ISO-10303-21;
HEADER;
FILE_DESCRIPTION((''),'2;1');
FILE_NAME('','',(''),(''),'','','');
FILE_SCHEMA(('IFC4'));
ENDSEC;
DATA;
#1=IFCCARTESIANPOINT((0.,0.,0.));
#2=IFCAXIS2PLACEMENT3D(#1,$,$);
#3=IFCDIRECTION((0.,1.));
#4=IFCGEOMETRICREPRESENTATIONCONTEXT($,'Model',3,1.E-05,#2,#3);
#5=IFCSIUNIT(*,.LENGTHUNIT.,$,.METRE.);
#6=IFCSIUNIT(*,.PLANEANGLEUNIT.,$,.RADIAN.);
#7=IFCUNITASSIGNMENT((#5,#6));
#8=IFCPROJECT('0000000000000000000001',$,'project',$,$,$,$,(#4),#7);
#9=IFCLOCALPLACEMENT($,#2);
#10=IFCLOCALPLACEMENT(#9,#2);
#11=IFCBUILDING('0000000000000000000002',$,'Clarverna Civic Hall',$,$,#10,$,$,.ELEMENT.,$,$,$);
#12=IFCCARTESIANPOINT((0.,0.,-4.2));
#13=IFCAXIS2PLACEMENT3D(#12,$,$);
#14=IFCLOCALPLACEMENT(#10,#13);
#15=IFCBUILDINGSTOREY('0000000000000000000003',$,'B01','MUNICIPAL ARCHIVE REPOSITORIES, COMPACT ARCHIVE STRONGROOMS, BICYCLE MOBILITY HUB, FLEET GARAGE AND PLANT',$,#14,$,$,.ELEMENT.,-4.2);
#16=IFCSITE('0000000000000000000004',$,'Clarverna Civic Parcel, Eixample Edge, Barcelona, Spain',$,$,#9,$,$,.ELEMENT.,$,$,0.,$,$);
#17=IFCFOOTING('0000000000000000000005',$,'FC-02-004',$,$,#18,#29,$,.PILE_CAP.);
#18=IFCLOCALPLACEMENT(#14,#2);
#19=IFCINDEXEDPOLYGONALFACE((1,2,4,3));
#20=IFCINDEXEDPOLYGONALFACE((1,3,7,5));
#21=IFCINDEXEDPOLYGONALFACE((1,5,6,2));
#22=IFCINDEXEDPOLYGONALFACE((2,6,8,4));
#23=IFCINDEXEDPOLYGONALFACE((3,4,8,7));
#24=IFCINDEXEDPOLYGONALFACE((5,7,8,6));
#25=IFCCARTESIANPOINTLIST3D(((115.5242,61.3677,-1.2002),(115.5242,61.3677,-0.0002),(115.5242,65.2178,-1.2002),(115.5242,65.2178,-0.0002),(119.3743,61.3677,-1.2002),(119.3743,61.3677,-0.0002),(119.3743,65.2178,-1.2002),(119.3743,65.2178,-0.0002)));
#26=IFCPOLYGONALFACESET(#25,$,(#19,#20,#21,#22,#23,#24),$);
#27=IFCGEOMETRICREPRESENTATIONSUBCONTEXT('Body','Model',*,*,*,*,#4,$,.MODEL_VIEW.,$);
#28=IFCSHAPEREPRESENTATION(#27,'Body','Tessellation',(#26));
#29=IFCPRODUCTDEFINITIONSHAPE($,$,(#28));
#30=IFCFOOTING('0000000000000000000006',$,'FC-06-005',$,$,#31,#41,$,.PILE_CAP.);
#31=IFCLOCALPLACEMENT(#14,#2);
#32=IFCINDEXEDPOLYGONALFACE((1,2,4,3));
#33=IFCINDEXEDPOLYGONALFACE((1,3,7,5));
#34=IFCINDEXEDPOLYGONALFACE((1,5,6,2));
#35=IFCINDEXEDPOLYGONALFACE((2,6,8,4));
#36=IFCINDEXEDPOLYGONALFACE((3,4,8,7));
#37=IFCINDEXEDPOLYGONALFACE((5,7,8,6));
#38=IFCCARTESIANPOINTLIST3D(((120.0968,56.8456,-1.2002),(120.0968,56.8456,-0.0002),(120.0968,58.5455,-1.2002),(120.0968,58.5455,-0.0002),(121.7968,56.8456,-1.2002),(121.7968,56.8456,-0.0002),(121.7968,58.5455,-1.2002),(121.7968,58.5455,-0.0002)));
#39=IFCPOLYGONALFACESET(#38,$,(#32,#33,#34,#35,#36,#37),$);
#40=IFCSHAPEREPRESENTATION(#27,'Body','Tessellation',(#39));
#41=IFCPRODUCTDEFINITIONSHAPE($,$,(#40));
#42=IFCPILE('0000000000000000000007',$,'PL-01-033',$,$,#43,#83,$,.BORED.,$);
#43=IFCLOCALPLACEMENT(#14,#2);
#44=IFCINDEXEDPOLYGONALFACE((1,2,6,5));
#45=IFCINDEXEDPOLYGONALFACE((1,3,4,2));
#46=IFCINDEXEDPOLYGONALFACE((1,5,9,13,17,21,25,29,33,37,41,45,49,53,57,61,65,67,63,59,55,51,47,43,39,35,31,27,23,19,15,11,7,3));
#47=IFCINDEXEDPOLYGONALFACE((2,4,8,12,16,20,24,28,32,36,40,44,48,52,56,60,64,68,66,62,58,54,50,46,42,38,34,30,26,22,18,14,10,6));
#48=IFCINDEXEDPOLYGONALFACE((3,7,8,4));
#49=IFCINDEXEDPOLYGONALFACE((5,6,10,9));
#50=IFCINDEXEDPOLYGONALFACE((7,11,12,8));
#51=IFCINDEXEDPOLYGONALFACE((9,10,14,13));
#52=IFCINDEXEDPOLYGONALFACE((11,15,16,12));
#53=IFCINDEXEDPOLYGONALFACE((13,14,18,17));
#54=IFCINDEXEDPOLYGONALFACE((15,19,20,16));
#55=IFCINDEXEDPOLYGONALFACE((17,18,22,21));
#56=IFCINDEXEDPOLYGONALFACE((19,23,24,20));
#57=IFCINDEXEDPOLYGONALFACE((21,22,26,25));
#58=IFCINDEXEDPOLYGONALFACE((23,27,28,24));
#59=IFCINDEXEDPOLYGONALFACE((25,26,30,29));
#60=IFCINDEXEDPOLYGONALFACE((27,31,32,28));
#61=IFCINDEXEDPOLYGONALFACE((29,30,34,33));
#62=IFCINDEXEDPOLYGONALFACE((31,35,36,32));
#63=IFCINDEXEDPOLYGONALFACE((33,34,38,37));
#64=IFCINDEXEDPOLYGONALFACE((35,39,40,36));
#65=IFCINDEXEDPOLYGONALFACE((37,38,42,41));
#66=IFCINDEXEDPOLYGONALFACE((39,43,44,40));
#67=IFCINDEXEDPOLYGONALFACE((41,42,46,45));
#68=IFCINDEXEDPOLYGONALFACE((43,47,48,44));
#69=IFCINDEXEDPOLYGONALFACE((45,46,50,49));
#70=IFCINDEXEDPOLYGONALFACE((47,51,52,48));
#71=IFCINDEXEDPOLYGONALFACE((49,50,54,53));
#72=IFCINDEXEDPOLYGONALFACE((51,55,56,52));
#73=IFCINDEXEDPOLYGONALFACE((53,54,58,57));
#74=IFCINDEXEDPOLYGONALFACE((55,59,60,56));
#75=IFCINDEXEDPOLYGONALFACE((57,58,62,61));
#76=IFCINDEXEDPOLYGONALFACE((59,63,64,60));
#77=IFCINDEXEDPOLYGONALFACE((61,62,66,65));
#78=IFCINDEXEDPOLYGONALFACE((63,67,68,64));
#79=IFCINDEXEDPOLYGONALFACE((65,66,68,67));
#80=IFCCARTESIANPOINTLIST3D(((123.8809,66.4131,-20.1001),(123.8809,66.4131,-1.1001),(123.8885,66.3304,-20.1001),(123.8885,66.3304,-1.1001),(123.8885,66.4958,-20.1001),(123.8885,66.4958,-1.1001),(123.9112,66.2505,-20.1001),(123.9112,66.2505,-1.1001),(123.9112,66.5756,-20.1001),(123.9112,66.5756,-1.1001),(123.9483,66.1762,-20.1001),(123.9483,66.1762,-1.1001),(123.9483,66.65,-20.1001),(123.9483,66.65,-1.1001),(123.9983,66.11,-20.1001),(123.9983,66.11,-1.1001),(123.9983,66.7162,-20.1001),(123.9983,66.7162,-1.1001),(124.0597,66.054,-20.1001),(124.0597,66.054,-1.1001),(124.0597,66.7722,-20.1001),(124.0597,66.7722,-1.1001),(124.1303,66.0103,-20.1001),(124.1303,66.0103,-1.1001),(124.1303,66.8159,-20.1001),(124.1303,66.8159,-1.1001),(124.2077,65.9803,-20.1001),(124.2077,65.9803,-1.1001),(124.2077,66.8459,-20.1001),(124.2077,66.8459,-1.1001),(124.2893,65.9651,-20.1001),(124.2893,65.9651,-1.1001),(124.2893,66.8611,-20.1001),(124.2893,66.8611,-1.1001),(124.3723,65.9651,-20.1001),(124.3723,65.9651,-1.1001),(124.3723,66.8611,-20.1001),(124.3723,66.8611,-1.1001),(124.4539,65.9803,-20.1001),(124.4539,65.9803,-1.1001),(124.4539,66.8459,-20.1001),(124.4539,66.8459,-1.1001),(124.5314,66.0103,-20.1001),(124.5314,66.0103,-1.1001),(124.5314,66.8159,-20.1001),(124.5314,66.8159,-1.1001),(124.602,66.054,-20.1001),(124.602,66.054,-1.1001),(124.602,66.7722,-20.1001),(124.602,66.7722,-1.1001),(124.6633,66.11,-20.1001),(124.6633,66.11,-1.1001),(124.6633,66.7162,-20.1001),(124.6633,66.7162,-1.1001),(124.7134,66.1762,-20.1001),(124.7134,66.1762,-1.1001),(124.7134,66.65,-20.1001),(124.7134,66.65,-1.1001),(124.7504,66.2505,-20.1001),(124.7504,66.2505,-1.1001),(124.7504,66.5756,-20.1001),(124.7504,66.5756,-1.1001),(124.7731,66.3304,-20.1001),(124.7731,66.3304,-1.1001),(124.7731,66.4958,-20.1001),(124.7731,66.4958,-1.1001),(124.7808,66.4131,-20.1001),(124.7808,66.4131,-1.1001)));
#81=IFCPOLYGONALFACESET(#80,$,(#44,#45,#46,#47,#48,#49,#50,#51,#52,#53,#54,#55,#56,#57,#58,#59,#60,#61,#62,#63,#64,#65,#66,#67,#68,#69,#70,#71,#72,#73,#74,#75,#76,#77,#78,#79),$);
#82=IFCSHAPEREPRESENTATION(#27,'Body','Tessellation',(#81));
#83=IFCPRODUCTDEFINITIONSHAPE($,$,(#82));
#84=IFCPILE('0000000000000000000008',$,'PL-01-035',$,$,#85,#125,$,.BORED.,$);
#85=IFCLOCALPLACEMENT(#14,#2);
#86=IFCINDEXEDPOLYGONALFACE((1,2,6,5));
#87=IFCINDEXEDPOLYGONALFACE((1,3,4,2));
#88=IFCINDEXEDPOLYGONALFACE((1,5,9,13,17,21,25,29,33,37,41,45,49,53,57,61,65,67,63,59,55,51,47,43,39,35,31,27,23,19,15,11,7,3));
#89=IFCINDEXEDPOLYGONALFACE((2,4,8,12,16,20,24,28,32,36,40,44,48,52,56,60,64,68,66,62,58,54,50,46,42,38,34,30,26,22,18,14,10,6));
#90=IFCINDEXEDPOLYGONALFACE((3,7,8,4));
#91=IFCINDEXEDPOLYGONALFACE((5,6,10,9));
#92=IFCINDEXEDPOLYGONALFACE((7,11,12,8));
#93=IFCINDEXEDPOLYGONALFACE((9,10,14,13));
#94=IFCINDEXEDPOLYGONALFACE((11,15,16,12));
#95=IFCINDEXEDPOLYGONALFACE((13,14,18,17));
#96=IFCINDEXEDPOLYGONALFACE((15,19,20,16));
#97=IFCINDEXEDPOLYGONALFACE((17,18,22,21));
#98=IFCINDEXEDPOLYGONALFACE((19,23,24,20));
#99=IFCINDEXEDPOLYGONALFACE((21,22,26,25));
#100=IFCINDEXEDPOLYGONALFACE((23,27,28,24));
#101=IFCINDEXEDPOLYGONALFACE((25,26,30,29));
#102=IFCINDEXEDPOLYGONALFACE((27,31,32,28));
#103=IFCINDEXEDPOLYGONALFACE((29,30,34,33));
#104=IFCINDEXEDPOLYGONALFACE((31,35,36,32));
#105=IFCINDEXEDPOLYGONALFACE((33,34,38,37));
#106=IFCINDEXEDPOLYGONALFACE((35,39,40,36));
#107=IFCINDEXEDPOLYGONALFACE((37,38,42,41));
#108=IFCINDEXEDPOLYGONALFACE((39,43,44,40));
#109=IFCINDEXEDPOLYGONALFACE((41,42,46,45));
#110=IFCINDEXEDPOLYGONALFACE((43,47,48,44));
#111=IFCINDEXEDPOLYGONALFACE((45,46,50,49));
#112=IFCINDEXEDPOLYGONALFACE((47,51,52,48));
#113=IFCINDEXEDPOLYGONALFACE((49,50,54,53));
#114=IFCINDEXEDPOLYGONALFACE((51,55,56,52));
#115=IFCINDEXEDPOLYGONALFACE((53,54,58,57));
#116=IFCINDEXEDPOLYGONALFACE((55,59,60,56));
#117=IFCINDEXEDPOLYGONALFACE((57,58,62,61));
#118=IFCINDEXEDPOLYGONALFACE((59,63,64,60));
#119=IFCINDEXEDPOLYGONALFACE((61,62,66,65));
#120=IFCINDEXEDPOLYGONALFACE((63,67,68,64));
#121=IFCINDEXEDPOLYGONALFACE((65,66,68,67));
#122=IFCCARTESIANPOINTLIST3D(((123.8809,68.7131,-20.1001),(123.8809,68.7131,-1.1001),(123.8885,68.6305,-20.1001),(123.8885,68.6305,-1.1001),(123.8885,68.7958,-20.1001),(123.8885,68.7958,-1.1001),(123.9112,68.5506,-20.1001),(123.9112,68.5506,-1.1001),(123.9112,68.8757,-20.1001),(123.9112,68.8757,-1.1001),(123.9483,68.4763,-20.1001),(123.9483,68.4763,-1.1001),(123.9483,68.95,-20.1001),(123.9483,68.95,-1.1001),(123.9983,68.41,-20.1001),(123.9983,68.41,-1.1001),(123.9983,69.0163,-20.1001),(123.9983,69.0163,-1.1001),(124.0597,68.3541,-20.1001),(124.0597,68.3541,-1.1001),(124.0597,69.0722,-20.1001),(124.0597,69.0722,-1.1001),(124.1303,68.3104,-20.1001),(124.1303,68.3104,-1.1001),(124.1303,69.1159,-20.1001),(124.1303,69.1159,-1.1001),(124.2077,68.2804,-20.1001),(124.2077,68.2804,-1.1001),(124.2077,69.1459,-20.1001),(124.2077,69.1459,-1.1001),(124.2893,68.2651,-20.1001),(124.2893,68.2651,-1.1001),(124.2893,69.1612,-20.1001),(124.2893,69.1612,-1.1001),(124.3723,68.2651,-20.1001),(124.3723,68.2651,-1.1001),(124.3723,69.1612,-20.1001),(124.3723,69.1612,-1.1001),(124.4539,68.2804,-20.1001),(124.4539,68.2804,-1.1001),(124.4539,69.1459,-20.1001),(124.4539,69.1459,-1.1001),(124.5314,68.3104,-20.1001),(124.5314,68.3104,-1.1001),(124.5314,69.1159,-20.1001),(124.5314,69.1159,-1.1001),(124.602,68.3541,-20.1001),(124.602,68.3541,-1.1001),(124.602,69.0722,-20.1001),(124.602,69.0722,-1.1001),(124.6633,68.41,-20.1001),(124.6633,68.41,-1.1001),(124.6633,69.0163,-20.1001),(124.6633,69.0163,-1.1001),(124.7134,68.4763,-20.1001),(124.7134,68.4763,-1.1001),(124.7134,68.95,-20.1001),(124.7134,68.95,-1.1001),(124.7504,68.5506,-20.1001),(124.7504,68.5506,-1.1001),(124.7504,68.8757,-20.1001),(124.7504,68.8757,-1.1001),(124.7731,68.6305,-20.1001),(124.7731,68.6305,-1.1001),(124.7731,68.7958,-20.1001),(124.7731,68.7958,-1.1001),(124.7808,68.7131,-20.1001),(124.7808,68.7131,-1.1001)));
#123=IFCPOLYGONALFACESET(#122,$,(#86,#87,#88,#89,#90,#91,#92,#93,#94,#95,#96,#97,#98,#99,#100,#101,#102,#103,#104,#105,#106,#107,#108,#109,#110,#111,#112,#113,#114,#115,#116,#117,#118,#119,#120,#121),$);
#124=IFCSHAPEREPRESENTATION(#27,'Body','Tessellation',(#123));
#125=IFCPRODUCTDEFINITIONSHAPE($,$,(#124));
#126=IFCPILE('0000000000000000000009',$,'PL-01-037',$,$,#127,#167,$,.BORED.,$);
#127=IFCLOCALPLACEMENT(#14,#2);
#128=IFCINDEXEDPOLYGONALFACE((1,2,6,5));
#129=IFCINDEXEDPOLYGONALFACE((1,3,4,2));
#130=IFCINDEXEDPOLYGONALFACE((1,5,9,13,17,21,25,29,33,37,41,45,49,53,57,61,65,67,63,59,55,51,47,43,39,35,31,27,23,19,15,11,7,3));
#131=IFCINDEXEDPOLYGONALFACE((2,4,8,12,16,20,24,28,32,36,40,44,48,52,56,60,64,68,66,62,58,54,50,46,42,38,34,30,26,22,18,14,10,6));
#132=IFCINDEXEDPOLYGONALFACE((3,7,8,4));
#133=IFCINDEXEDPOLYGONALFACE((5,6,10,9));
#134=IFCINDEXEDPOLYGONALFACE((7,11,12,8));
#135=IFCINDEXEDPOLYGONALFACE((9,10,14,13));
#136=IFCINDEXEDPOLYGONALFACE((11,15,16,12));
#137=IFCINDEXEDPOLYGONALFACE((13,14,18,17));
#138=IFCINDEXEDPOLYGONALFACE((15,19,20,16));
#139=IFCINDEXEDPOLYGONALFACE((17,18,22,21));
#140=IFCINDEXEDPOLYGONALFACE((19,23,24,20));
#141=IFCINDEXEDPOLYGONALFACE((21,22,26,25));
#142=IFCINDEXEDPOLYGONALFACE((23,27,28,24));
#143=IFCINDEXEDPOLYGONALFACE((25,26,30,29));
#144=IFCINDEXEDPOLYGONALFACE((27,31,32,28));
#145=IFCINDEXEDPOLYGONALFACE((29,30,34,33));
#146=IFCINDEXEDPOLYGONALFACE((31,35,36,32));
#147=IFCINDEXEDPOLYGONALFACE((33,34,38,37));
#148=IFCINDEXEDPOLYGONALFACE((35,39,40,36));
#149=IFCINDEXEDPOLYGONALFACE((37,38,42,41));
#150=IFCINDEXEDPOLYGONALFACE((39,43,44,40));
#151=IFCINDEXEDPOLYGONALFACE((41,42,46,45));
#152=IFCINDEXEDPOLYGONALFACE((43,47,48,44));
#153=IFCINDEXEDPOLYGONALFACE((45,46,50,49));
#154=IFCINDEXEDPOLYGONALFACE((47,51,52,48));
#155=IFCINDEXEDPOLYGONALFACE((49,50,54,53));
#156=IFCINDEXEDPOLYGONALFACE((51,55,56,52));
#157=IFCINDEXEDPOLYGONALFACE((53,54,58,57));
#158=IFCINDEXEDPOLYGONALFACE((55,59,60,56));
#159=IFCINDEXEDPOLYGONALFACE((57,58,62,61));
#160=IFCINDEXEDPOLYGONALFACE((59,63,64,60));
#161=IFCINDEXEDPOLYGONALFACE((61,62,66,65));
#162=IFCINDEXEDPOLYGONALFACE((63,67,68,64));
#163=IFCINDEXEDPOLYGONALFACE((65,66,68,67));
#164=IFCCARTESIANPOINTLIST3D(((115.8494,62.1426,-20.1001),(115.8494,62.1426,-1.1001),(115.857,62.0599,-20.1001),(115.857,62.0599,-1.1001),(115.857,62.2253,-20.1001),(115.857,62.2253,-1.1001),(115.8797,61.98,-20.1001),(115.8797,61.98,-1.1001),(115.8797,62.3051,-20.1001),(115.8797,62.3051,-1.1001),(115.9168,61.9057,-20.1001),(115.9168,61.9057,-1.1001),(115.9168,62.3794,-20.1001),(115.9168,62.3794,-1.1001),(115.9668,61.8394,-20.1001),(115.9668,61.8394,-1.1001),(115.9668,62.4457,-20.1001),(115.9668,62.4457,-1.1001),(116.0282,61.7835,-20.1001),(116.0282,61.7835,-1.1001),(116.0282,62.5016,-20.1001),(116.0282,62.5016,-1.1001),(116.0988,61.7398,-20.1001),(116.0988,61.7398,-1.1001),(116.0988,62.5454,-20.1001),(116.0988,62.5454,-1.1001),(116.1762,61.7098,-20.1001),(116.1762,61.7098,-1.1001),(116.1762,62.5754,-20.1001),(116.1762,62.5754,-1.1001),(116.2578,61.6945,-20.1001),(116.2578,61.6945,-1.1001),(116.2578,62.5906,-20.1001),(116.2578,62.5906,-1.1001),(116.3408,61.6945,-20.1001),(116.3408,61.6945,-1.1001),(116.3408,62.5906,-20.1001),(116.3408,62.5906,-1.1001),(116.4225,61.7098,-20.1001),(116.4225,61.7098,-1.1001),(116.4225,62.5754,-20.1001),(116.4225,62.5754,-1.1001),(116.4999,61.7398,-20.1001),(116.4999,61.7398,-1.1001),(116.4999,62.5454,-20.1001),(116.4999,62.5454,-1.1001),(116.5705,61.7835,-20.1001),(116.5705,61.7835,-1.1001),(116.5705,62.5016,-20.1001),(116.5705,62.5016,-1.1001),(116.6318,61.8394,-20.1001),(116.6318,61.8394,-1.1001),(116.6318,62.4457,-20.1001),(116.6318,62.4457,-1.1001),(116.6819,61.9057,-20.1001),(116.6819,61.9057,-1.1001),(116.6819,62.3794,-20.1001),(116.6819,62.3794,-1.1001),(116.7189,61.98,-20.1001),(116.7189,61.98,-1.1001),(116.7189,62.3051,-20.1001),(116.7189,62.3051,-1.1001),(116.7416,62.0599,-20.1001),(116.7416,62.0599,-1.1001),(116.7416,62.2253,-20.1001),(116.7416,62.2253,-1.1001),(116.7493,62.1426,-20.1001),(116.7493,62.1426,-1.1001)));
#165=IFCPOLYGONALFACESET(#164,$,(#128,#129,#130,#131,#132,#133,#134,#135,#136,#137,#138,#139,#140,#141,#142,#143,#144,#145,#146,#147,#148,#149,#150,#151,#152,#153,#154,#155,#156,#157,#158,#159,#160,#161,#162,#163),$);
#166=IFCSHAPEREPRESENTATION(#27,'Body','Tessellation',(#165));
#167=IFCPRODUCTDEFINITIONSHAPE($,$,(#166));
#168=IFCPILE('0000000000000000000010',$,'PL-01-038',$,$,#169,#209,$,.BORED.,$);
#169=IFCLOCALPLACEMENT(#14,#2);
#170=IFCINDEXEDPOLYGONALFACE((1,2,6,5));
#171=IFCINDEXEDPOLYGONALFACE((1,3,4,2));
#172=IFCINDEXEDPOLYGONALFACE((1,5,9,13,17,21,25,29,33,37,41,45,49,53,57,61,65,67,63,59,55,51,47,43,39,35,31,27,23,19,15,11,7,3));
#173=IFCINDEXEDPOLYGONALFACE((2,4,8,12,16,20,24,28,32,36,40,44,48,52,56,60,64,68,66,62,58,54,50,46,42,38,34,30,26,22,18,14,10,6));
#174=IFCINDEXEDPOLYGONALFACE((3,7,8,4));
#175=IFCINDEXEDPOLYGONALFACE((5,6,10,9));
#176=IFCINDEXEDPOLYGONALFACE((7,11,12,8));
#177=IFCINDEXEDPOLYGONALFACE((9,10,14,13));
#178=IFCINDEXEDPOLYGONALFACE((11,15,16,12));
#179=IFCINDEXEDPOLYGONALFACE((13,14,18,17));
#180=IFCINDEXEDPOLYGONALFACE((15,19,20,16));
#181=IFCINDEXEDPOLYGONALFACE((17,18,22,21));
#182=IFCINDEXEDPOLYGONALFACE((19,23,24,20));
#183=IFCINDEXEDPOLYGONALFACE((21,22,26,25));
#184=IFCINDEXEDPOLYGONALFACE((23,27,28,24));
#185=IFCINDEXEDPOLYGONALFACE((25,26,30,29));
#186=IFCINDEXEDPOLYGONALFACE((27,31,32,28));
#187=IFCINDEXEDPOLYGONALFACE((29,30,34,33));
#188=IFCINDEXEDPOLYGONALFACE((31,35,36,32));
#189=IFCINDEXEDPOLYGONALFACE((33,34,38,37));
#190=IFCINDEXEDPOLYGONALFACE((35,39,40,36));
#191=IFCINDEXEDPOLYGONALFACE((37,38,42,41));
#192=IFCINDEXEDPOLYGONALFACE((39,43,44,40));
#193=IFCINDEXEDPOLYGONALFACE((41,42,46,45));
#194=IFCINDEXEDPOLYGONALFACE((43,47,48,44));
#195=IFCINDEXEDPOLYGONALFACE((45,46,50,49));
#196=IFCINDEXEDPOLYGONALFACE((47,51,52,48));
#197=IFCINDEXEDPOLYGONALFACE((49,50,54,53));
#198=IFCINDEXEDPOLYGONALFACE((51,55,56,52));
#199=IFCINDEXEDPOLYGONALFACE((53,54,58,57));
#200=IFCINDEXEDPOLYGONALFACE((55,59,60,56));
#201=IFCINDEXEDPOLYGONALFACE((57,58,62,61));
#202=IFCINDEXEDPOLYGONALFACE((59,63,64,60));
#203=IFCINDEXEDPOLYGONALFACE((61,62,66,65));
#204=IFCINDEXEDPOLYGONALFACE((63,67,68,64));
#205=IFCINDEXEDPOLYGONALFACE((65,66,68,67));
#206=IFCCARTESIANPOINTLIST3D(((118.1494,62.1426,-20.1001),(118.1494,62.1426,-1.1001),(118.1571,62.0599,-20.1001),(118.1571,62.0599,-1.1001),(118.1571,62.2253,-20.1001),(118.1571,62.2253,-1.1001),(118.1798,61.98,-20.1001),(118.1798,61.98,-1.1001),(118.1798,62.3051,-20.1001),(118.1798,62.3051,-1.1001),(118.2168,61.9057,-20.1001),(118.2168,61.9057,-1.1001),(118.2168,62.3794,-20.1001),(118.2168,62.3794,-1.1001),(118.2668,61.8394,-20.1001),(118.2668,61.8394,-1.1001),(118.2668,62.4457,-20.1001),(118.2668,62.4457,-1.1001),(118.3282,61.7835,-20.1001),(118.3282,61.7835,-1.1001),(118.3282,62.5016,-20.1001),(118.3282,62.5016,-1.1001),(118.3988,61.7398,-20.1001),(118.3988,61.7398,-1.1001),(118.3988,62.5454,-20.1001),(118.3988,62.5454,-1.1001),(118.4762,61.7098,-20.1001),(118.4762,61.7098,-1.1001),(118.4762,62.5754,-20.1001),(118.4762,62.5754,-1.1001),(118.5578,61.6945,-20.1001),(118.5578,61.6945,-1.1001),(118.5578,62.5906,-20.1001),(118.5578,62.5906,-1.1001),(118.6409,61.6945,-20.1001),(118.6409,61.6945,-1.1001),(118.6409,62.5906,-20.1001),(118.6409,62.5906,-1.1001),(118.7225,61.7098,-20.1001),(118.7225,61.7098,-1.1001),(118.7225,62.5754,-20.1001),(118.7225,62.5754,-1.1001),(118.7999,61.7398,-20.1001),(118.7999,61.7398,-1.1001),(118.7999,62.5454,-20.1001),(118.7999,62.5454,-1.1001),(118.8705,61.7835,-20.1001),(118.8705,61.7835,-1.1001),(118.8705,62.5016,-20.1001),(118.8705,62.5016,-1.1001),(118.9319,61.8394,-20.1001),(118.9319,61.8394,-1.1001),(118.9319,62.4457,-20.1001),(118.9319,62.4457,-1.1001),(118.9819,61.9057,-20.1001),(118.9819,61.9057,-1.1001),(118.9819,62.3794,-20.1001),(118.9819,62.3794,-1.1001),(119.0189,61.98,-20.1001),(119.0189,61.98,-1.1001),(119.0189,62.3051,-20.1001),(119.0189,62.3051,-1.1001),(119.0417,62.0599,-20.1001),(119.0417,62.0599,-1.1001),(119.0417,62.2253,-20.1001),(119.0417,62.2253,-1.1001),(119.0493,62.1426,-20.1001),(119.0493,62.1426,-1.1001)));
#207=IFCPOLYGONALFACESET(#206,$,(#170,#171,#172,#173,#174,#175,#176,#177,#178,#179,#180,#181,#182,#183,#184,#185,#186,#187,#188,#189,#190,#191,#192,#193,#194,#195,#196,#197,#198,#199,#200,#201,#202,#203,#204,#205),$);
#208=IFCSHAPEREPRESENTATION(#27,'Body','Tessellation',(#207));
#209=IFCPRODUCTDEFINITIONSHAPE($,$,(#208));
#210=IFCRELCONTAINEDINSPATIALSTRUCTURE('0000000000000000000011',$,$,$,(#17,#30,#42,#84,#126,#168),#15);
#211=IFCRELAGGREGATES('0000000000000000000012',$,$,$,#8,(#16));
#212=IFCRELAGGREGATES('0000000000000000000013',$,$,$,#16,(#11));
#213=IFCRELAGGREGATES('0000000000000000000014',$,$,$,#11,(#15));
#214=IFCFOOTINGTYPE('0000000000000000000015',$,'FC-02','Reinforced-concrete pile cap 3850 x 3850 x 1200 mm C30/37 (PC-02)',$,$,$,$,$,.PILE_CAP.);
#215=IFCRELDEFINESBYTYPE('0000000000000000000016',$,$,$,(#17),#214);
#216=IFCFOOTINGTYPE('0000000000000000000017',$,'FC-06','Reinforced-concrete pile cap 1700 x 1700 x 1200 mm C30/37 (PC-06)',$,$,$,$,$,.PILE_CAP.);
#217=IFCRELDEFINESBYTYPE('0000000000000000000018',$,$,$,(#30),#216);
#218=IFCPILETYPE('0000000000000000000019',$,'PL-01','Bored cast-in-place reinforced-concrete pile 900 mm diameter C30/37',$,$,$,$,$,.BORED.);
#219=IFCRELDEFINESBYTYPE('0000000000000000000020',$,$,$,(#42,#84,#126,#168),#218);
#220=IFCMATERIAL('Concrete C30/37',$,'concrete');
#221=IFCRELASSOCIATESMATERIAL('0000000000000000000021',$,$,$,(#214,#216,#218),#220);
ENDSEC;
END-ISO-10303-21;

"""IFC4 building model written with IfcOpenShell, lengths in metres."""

from ifc_helpers import new_model, si_unit, direction, frame, origin, origin_2d, place, context, subcontext, project, spatial, rectangle, circle, extrude, material, material_profile, profile_set, type_object, element, save


model = new_model("IFC4")

# Units and contexts
model_context = context("Model", 3, precision=1e-05, world=origin(), true_north=direction((0.0, 1.0)))
body_context = subcontext(model_context, "Body", "Model", "MODEL_VIEW")
ifc_project = project(units=[si_unit("LENGTHUNIT", "METRE"), si_unit("PLANEANGLEUNIT", "RADIAN")], contexts=[model_context])

# Site, building, storey
site_placement = place(None, origin())
site = spatial("IfcSite", under=ifc_project, at=site_placement, Name="Clarverna Civic Parcel, Eixample Edge, Barcelona, Spain", CompositionType="ELEMENT", RefElevation=0.0)
building_placement = place(site_placement, origin())
building = spatial("IfcBuilding", under=site, at=building_placement, Name="Clarverna Civic Hall", CompositionType="ELEMENT")
storey_placement = place(building_placement, frame((0.0, 0.0, -4.2)))
storey = spatial("IfcBuildingStorey", under=building, at=storey_placement, Name="B01", Description="MUNICIPAL ARCHIVE REPOSITORIES, COMPACT ARCHIVE STRONGROOMS, BICYCLE MOBILITY HUB, FLEET GARAGE AND PLANT", CompositionType="ELEMENT", Elevation=-4.2)

# Footings
ifc_material_1 = material(Name="Concrete C30/37", Category="concrete")
footing_type_1 = type_object("IfcFootingType", Name="FC-02", Description="Reinforced-concrete pile cap 3850 x 3850 x 1200 mm C30/37 (PC-02)", PredefinedType="PILE_CAP", material=ifc_material_1)
footing_1_placement = place(storey_placement, frame((117.4492, 63.2927, -1.2002), z_axis=(0.0, 0.0, 1.0), x_axis=(1.0, 0.0, 0.0)))
element("IfcFooting", 1, at=footing_1_placement, inside=storey, type_object=footing_type_1, Name="FC-02-004", PredefinedType="PILE_CAP", context=body_context, shape_type="SweptSolid", body=[
    extrude(rectangle(XDim=3.8501, YDim=3.8501, at=origin_2d()), origin(), (0.0, 0.0, 1.0), 1.2),
])
footing_type_2 = type_object("IfcFootingType", Name="FC-06", Description="Reinforced-concrete pile cap 1700 x 1700 x 1200 mm C30/37 (PC-06)", PredefinedType="PILE_CAP", material=ifc_material_1)
footing_2_placement = place(storey_placement, frame((120.9468, 57.6956, -1.2002), z_axis=(0.0, 0.0, 1.0), x_axis=(1.0, 0.0, 0.0)))
element("IfcFooting", 2, at=footing_2_placement, inside=storey, type_object=footing_type_2, Name="FC-06-005", PredefinedType="PILE_CAP", context=body_context, shape_type="SweptSolid", body=[
    extrude(rectangle(XDim=1.7, YDim=1.7, at=origin_2d()), origin(), (0.0, 0.0, 1.0), 1.2),
])

# Piles
ifc_material_profile_1 = material_profile(ifc_material_1, circle(Radius=0.45, at=origin_2d()), Name="BORED PILE D900")
ifc_profile_set_1 = profile_set([ifc_material_profile_1], Name="Concrete C30/37")
pile_type = type_object("IfcPileType", Name="PL-01", Description="Bored cast-in-place reinforced-concrete pile 900 mm diameter C30/37", PredefinedType="BORED", material=ifc_profile_set_1)
for number, where, z_axis, x_axis, name in (
    (3, (124.3308, 66.4131, -1.1001), (0.0, 0.0, -1.0), (1.0, 0.0, 0.0), "PL-01-033"),
    (4, (124.3308, 68.7131, -1.1001), (0.0, 0.0, -1.0), (1.0, 0.0, 0.0), "PL-01-035"),
    (5, (116.2993, 62.1426, -1.1001), (0.0, 0.0, -1.0), (1.0, 0.0, 0.0), "PL-01-037"),
    (6, (118.5994, 62.1426, -1.1001), (0.0, 0.0, -1.0), (1.0, 0.0, 0.0), "PL-01-038"),
):
    element("IfcPile", number, at=place(storey_placement, frame(where, z_axis=z_axis, x_axis=x_axis)), inside=storey, type_object=pile_type, Name=name, PredefinedType="BORED", context=body_context, shape_type="SweptSolid", body=[
        extrude(circle(Radius=0.45, at=origin_2d()), origin(), (0.0, 0.0, 1.0), 19.0),
    ])

save(model, "model.ifc")
